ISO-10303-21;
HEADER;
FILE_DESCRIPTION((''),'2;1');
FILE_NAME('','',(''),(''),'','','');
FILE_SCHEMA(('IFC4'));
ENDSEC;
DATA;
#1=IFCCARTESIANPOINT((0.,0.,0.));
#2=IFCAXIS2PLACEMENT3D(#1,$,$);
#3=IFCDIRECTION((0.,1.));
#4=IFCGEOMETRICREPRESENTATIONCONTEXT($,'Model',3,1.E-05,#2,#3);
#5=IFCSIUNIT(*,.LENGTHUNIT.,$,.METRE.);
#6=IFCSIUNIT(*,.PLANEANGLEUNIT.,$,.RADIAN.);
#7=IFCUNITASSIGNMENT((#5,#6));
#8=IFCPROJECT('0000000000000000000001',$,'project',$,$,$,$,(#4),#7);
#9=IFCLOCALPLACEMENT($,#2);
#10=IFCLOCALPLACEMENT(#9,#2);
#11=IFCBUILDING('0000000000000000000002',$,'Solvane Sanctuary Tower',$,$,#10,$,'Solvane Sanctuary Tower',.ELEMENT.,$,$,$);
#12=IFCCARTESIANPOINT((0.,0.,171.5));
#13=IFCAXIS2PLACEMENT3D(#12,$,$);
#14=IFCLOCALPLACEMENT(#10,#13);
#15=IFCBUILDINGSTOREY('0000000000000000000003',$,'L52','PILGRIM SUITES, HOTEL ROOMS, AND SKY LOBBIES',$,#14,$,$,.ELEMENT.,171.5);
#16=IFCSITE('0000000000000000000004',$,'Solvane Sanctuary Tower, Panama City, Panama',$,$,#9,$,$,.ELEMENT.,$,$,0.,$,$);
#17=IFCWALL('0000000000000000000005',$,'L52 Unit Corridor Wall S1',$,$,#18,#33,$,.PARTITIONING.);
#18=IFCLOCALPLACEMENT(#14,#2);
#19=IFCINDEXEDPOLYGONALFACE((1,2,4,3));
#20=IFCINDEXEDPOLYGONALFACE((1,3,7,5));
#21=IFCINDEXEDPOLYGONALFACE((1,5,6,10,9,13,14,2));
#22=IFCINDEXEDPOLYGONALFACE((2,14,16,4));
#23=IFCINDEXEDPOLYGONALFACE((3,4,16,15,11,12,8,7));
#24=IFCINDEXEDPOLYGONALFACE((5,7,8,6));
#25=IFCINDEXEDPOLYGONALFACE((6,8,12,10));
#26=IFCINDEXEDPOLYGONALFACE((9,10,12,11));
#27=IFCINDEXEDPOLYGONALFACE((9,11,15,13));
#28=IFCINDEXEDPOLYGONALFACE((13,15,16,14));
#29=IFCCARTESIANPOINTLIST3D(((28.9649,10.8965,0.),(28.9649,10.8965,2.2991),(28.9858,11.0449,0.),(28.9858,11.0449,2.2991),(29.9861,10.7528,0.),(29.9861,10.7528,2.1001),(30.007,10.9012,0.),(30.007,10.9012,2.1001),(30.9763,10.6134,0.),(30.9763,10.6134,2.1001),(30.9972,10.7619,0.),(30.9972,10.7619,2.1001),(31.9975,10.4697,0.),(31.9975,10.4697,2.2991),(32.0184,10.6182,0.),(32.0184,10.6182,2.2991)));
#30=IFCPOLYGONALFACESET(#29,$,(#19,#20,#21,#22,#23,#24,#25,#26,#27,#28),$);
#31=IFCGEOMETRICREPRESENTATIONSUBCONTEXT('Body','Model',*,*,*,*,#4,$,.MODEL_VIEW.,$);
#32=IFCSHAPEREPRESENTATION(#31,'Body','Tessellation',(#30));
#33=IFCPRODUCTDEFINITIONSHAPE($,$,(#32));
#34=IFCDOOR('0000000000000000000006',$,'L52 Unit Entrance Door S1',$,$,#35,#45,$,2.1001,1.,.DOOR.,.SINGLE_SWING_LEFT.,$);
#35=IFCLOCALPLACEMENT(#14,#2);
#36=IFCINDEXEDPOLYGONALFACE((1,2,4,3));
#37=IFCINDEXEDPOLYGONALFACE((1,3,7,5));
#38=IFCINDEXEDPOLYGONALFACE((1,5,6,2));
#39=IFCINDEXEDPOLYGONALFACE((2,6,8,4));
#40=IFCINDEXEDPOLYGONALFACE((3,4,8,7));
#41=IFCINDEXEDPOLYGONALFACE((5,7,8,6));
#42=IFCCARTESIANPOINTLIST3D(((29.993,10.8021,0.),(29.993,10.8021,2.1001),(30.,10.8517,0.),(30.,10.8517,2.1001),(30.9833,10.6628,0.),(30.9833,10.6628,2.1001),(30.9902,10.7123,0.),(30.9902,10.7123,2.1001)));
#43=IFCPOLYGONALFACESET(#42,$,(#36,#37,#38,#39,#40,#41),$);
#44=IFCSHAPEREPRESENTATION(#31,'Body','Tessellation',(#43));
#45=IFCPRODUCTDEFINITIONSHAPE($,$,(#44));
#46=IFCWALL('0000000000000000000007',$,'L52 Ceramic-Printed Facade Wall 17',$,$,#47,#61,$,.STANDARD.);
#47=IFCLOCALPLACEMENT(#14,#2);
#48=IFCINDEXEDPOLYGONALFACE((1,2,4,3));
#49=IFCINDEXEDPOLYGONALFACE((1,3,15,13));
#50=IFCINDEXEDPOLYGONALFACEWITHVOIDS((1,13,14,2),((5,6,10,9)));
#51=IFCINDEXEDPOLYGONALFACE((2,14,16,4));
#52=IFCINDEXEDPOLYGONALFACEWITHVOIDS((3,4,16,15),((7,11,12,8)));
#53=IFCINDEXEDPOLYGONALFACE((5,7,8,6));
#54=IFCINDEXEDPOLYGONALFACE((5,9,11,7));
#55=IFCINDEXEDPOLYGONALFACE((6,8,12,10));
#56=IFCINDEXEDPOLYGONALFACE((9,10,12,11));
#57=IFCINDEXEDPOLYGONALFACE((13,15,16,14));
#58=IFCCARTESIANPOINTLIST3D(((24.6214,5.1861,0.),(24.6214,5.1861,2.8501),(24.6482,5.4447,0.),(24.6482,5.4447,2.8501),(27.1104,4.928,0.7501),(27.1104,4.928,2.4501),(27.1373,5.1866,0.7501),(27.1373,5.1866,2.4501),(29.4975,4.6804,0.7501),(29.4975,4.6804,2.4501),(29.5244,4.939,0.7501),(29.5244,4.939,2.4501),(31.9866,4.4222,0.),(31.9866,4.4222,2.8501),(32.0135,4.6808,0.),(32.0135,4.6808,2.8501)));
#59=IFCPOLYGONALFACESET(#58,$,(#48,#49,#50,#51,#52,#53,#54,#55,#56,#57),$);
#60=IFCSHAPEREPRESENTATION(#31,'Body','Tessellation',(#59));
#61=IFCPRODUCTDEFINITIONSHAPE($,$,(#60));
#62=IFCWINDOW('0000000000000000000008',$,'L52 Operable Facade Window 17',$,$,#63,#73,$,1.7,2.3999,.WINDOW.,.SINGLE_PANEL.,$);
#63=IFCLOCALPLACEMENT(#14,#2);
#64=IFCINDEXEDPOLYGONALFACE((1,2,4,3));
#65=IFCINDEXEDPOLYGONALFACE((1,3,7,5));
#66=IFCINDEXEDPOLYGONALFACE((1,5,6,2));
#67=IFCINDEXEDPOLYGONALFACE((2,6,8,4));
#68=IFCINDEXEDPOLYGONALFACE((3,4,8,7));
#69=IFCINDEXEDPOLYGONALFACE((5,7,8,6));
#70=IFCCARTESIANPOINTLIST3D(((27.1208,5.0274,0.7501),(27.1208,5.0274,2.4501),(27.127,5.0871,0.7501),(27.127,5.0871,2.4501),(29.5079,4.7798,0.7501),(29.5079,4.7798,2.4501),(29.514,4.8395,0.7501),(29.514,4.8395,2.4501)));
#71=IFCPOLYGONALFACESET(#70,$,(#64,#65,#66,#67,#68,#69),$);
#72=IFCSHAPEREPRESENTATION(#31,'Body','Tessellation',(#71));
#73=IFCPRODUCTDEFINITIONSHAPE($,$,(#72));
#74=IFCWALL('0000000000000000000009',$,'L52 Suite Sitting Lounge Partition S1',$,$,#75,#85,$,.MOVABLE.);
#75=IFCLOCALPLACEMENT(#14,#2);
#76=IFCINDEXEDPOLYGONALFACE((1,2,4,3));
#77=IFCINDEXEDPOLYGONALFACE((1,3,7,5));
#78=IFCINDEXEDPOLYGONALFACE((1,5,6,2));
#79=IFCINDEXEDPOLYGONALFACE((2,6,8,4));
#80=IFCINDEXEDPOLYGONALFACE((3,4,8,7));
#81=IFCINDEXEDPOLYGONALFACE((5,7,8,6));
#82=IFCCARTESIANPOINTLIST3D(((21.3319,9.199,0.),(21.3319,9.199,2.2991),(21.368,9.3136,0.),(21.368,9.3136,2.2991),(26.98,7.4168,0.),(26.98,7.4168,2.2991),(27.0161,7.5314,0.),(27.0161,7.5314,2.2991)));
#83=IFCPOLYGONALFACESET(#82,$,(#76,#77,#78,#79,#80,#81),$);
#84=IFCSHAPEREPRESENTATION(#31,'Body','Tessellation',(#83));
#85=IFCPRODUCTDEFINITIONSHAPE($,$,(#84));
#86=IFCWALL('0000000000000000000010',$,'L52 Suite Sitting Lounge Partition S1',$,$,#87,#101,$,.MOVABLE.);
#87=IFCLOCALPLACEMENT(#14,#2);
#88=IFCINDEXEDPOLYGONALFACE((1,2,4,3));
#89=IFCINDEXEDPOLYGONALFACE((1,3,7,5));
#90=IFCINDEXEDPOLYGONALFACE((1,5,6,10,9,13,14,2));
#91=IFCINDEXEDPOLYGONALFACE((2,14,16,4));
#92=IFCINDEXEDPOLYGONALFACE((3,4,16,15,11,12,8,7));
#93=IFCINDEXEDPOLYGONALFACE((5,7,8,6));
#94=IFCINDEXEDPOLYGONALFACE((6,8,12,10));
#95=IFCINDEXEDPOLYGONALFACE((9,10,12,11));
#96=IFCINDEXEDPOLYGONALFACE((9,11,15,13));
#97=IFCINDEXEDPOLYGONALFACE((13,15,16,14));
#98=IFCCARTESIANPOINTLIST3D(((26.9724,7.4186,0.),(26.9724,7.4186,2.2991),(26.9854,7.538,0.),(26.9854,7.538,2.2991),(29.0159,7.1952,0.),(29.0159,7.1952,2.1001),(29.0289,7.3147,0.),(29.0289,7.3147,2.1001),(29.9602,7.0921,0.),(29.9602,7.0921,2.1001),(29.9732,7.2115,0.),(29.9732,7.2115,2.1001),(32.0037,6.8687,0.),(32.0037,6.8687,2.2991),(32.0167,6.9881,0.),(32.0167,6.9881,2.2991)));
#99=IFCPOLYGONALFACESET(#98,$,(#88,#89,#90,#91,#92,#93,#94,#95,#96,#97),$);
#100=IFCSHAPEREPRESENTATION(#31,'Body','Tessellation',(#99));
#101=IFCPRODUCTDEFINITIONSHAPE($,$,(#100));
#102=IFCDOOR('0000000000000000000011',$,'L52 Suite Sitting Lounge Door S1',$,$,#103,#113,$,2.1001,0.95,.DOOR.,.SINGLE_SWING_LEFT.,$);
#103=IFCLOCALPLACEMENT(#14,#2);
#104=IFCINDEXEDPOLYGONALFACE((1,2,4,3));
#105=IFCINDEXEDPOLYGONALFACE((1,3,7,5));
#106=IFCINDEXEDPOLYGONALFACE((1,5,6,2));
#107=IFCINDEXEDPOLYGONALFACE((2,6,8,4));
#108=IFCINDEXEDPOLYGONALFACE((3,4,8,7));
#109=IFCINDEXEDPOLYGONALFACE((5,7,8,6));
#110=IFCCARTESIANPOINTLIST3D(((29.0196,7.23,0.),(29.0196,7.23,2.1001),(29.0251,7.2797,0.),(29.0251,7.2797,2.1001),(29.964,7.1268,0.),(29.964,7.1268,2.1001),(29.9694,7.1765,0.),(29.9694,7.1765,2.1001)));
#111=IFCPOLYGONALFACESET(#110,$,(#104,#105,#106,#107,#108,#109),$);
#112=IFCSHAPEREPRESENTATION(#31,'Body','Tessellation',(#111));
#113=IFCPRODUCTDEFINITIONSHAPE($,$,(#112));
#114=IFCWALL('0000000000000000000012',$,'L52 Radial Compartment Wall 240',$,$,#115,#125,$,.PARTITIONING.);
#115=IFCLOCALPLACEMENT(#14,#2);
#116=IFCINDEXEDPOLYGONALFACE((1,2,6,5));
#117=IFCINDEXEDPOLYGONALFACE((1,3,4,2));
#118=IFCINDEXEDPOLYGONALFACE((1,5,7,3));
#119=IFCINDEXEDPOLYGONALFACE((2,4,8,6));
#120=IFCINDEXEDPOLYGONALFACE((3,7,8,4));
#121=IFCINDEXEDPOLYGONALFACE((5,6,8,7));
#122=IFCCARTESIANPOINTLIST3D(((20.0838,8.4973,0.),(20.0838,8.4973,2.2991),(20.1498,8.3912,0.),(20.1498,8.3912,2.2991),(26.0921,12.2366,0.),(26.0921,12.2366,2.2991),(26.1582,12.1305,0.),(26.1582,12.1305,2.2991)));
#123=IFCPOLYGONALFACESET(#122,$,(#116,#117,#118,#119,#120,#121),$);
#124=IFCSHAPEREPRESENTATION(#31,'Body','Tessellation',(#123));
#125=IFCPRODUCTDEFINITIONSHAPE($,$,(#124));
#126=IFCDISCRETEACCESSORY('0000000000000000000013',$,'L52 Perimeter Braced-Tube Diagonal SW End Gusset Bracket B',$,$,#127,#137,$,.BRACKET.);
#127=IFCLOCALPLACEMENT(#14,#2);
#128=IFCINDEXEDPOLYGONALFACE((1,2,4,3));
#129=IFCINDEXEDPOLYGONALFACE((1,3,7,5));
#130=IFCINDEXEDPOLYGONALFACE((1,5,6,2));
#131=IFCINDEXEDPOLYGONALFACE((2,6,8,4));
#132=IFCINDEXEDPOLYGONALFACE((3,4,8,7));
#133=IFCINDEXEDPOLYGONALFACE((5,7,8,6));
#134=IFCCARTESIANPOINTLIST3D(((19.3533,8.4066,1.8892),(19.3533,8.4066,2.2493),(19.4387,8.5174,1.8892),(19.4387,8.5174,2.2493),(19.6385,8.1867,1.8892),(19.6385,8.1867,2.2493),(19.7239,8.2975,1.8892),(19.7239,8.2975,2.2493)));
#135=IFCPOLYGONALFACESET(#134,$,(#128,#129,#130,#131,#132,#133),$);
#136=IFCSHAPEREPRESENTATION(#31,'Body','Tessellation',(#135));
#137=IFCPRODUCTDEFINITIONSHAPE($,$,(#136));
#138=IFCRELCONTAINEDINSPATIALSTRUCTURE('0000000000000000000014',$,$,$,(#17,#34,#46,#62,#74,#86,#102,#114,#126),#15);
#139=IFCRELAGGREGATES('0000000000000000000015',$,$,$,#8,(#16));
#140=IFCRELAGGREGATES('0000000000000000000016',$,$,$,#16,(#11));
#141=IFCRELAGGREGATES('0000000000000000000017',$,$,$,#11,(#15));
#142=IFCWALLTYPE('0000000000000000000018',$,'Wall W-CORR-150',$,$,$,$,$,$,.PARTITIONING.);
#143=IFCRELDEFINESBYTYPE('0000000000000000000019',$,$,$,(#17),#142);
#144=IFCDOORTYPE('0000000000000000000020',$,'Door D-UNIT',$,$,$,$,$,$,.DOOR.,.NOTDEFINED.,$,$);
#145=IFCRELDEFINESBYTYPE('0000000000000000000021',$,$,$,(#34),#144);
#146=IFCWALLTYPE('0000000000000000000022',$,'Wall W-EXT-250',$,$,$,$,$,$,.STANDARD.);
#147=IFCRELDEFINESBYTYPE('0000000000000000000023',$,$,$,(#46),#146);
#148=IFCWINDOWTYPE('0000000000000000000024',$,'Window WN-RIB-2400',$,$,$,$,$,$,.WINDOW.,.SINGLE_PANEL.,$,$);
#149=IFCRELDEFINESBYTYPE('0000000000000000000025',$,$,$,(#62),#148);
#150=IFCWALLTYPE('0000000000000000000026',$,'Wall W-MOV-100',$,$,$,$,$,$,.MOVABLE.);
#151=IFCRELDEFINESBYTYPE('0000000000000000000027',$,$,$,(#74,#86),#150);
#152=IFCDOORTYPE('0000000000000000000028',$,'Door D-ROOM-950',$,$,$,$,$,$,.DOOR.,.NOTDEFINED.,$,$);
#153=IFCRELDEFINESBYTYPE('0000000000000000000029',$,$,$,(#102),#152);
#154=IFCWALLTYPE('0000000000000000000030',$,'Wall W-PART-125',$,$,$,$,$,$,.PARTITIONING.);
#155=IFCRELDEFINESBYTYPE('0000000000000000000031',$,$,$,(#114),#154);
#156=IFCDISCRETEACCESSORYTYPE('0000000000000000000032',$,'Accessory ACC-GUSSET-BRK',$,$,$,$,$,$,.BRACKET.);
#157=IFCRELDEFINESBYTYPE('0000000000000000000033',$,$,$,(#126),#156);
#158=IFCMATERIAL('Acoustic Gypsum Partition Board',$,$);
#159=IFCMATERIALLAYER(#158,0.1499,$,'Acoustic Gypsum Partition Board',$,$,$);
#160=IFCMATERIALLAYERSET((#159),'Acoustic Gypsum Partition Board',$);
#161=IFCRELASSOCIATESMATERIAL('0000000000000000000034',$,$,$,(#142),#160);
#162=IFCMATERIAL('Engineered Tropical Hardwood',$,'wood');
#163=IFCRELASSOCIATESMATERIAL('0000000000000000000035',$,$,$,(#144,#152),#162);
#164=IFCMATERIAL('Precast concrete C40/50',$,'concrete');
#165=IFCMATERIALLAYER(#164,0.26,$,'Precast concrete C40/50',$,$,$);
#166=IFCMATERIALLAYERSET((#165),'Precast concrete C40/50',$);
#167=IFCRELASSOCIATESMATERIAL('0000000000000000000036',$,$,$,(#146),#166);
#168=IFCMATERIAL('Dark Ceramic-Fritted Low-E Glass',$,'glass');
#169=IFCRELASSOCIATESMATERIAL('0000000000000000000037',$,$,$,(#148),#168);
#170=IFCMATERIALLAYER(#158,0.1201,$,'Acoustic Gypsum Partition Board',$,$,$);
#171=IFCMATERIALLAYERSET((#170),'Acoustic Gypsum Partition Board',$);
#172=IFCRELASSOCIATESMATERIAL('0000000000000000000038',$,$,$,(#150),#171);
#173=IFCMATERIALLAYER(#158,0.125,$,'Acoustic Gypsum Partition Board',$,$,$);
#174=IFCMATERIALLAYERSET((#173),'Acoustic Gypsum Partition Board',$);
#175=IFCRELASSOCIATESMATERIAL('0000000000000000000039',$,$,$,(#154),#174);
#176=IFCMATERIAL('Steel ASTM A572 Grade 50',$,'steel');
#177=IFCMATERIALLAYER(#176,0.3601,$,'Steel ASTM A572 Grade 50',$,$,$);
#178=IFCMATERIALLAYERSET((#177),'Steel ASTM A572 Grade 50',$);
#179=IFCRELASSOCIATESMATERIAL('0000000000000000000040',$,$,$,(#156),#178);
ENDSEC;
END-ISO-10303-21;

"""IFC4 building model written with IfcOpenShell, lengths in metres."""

from ifc_helpers import new_model, si_unit, direction, frame, frame_2d, origin, origin_2d, place, context, subcontext, project, spatial, rectangle, extrude, material, layer, layer_set, type_object, element, fill, save


model = new_model("IFC4")

# Units and contexts
model_context = context("Model", 3, precision=1e-05, world=origin(), true_north=direction((0.0, 1.0)))
body_context = subcontext(model_context, "Body", "Model", "MODEL_VIEW")
ifc_project = project(units=[si_unit("LENGTHUNIT", "METRE"), si_unit("PLANEANGLEUNIT", "RADIAN")], contexts=[model_context])

# Site, building, storey
site_placement = place(None, origin())
site = spatial("IfcSite", under=ifc_project, at=site_placement, Name="Solvane Sanctuary Tower, Panama City, Panama", CompositionType="ELEMENT", RefElevation=0.0)
building_placement = place(site_placement, origin())
building = spatial("IfcBuilding", under=site, at=building_placement, Name="Solvane Sanctuary Tower", LongName="Solvane Sanctuary Tower", CompositionType="ELEMENT")
storey_placement = place(building_placement, frame((0.0, 0.0, 171.5)))
storey = spatial("IfcBuildingStorey", under=building, at=storey_placement, Name="L52", Description="PILGRIM SUITES, HOTEL ROOMS, AND SKY LOBBIES", CompositionType="ELEMENT", Elevation=171.5)

# Shared definitions
ifc_material_1 = material(Name="Dark Ceramic-Fritted Low-E Glass", Category="glass")

# Shared definitions
ifc_material_2 = material(Name="Acoustic Gypsum Partition Board")
ifc_layer_1 = layer(ifc_material_2, 0.1499, Name="Acoustic Gypsum Partition Board")
ifc_layer_set_1 = layer_set([ifc_layer_1], Name="Acoustic Gypsum Partition Board")
wall_type_1 = type_object("IfcWallType", Name="Wall W-CORR-150", PredefinedType="PARTITIONING", material=ifc_layer_set_1)

# Wall, opening, door
wall_1_placement = place(storey_placement, frame((28.9753, 10.9707, 0.0), z_axis=(0.0, 0.0, 1.0), x_axis=(0.990244, -0.139345, 0.0)))
wall_1 = element("IfcWall", 1, at=wall_1_placement, inside=storey, type_object=wall_type_1, Name="L52 Unit Corridor Wall S1", PredefinedType="PARTITIONING", context=body_context, shape_type="SweptSolid", body=[
    extrude(rectangle(XDim=3.0625, YDim=0.1499, at=frame_2d((1.5312, 0.0))), origin(), (0.0, 0.0, 1.0), 2.2991),
])
opening_1_placement = place(wall_1_placement, frame((1.0312, 0.0, 0.0)))
opening_1 = element("IfcOpeningElement", 2, at=opening_1_placement, cuts=wall_1, PredefinedType="OPENING", context=body_context, shape_type="SweptSolid", body=[
    extrude(rectangle(XDim=1.0, YDim=2.1001, at=frame_2d((0.5, 1.05))), frame((0.0, 0.085, 0.0), z_axis=(0.0, -1.0, 0.0), x_axis=(1.0, 0.0, 0.0)), (0.0, 0.0, 1.0), 0.1699),
])
ifc_material_3 = material(Name="Engineered Tropical Hardwood", Category="wood")
door_type_1 = type_object("IfcDoorType", Name="Door D-UNIT", OperationType="NOTDEFINED", PredefinedType="DOOR", material=ifc_material_3)
door_1_placement = place(opening_1_placement, origin())
door_1 = element("IfcDoor", 3, at=door_1_placement, inside=storey, type_object=door_type_1, Name="L52 Unit Entrance Door S1", OperationType="SINGLE_SWING_LEFT", OverallHeight=2.1001, OverallWidth=1.0, PredefinedType="DOOR", context=body_context, shape_type="SweptSolid", body=[
    extrude(rectangle(XDim=1.0, YDim=2.1001, at=frame_2d((0.5, 1.05))), frame((0.0, 0.0249, 0.0), z_axis=(0.0, -1.0, 0.0), x_axis=(1.0, 0.0, 0.0)), (0.0, 0.0, 1.0), 0.05),
])
fill(opening_1, door_1)

# Wall, opening, window
ifc_material_4 = material(Name="Precast concrete C40/50", Category="concrete")
ifc_layer_2 = layer(ifc_material_4, 0.26, Name="Precast concrete C40/50")
ifc_layer_set_2 = layer_set([ifc_layer_2], Name="Precast concrete C40/50")
wall_type_2 = type_object("IfcWallType", Name="Wall W-EXT-250", PredefinedType="STANDARD", material=ifc_layer_set_2)
wall_2_placement = place(storey_placement, frame((24.6348, 5.3154, 0.0), z_axis=(0.0, 0.0, 1.0), x_axis=(0.994664, -0.103166, 0.0)))
wall_2 = element("IfcWall", 4, at=wall_2_placement, inside=storey, type_object=wall_type_2, Name="L52 Ceramic-Printed Facade Wall 17", PredefinedType="STANDARD", context=body_context, shape_type="SweptSolid", body=[
    extrude(rectangle(XDim=7.4048, YDim=0.26, at=frame_2d((3.7024, 0.0))), origin(), (0.0, 0.0, 1.0), 2.8501),
])
opening_2_placement = place(wall_2_placement, frame((2.5024, 0.0, 0.75)))
opening_2 = element("IfcOpeningElement", 5, at=opening_2_placement, cuts=wall_2, PredefinedType="OPENING", context=body_context, shape_type="SweptSolid", body=[
    extrude(rectangle(XDim=2.3999, YDim=1.7, at=frame_2d((1.2, 0.8501))), frame((0.0, 0.1399, 0.0), z_axis=(0.0, -1.0, 0.0), x_axis=(1.0, 0.0, 0.0)), (0.0, 0.0, 1.0), 0.28),
])
window_type = type_object("IfcWindowType", Name="Window WN-RIB-2400", PartitioningType="SINGLE_PANEL", PredefinedType="WINDOW", material=ifc_material_1)
window_placement = place(opening_2_placement, origin())
window = element("IfcWindow", 6, at=window_placement, inside=storey, type_object=window_type, Name="L52 Operable Facade Window 17", OverallHeight=1.7, OverallWidth=2.3999, PartitioningType="SINGLE_PANEL", PredefinedType="WINDOW", context=body_context, shape_type="SweptSolid", body=[
    extrude(rectangle(XDim=2.3999, YDim=1.7, at=frame_2d((1.2, 0.8501))), frame((0.0, 0.03, 0.0), z_axis=(0.0, -1.0, 0.0), x_axis=(1.0, 0.0, 0.0)), (0.0, 0.0, 1.0), 0.0601),
])
fill(opening_2, window)

# Wall
ifc_layer_3 = layer(ifc_material_2, 0.1201, Name="Acoustic Gypsum Partition Board")
ifc_layer_set_3 = layer_set([ifc_layer_3], Name="Acoustic Gypsum Partition Board")
wall_type_3 = type_object("IfcWallType", Name="Wall W-MOV-100", PredefinedType="MOVABLE", material=ifc_layer_set_3)
wall_3_placement = place(storey_placement, frame((21.3499, 9.2563, 0.0), z_axis=(0.0, 0.0, 1.0), x_axis=(0.953651, -0.300914, 0.0)))
element("IfcWall", 7, at=wall_3_placement, inside=storey, type_object=wall_type_3, Name="L52 Suite Sitting Lounge Partition S1", PredefinedType="MOVABLE", context=body_context, shape_type="SweptSolid", body=[
    extrude(rectangle(XDim=5.9226, YDim=0.1201, at=frame_2d((2.9614, 0.0))), origin(), (0.0, 0.0, 1.0), 2.2991),
])

# Wall, opening, door
wall_4_placement = place(storey_placement, frame((26.9788, 7.4783, 0.0), z_axis=(0.0, 0.0, 1.0), x_axis=(0.994082, -0.108631, 0.0)))
wall_4 = element("IfcWall", 8, at=wall_4_placement, inside=storey, type_object=wall_type_3, Name="L52 Suite Sitting Lounge Partition S1", PredefinedType="MOVABLE", context=body_context, shape_type="SweptSolid", body=[
    extrude(rectangle(XDim=5.0613, YDim=0.1201, at=frame_2d((2.5308, 0.0))), origin(), (0.0, 0.0, 1.0), 2.2991),
])
opening_3_placement = place(wall_4_placement, frame((2.0557, 0.0, 0.0)))
opening_3 = element("IfcOpeningElement", 9, at=opening_3_placement, cuts=wall_4, PredefinedType="OPENING", context=body_context, shape_type="SweptSolid", body=[
    extrude(rectangle(XDim=0.95, YDim=2.1001, at=frame_2d((0.4751, 1.05))), frame((0.0, 0.0701, 0.0), z_axis=(0.0, -1.0, 0.0), x_axis=(1.0, 0.0, 0.0)), (0.0, 0.0, 1.0), 0.1401),
])
door_type_2 = type_object("IfcDoorType", Name="Door D-ROOM-950", OperationType="NOTDEFINED", PredefinedType="DOOR", material=ifc_material_3)
door_2_placement = place(opening_3_placement, origin())
door_2 = element("IfcDoor", 10, at=door_2_placement, inside=storey, type_object=door_type_2, Name="L52 Suite Sitting Lounge Door S1", OperationType="SINGLE_SWING_LEFT", OverallHeight=2.1001, OverallWidth=0.95, PredefinedType="DOOR", context=body_context, shape_type="SweptSolid", body=[
    extrude(rectangle(XDim=0.95, YDim=2.1001, at=frame_2d((0.4751, 1.05))), frame((0.0, 0.0249, 0.0), z_axis=(0.0, -1.0, 0.0), x_axis=(1.0, 0.0, 0.0)), (0.0, 0.0, 1.0), 0.05),
])
fill(opening_3, door_2)

# Wall
ifc_layer_4 = layer(ifc_material_2, 0.125, Name="Acoustic Gypsum Partition Board")
ifc_layer_set_4 = layer_set([ifc_layer_4], Name="Acoustic Gypsum Partition Board")
wall_type_4 = type_object("IfcWallType", Name="Wall W-PART-125", PredefinedType="PARTITIONING", material=ifc_layer_set_4)
wall_5_placement = place(storey_placement, frame((26.1252, 12.1836, 0.0), z_axis=(0.0, 0.0, 1.0), x_axis=(-0.849008, -0.528379, 0.0)))
element("IfcWall", 11, at=wall_5_placement, inside=storey, type_object=wall_type_4, Name="L52 Radial Compartment Wall 240", PredefinedType="PARTITIONING", context=body_context, shape_type="SweptSolid", body=[
    extrude(rectangle(XDim=7.0769, YDim=0.125, at=frame_2d((3.5386, 0.0))), origin(), (0.0, 0.0, 1.0), 2.2991),
])

# Discrete accessory
ifc_material_5 = material(Name="Steel ASTM A572 Grade 50", Category="steel")
ifc_layer_5 = layer(ifc_material_5, 0.3601, Name="Steel ASTM A572 Grade 50")
ifc_layer_set_5 = layer_set([ifc_layer_5], Name="Steel ASTM A572 Grade 50")
discrete_accessory_type = type_object("IfcDiscreteAccessoryType", Name="Accessory ACC-GUSSET-BRK", PredefinedType="BRACKET", material=ifc_layer_set_5)
discrete_accessory_placement = place(storey_placement, frame((19.5386, 8.3521, 1.8892), z_axis=(0.0, 0.0, 1.0), x_axis=(0.792077, -0.610422, 0.0)))
element("IfcDiscreteAccessory", 12, at=discrete_accessory_placement, inside=storey, type_object=discrete_accessory_type, Name="L52 Perimeter Braced-Tube Diagonal SW End Gusset Bracket B", PredefinedType="BRACKET", context=body_context, shape_type="SweptSolid", body=[
    extrude(rectangle(XDim=0.3601, YDim=0.1399, at=origin_2d()), origin(), (0.0, 0.0, 1.0), 0.3601),
])

save(model, "model.ifc")
